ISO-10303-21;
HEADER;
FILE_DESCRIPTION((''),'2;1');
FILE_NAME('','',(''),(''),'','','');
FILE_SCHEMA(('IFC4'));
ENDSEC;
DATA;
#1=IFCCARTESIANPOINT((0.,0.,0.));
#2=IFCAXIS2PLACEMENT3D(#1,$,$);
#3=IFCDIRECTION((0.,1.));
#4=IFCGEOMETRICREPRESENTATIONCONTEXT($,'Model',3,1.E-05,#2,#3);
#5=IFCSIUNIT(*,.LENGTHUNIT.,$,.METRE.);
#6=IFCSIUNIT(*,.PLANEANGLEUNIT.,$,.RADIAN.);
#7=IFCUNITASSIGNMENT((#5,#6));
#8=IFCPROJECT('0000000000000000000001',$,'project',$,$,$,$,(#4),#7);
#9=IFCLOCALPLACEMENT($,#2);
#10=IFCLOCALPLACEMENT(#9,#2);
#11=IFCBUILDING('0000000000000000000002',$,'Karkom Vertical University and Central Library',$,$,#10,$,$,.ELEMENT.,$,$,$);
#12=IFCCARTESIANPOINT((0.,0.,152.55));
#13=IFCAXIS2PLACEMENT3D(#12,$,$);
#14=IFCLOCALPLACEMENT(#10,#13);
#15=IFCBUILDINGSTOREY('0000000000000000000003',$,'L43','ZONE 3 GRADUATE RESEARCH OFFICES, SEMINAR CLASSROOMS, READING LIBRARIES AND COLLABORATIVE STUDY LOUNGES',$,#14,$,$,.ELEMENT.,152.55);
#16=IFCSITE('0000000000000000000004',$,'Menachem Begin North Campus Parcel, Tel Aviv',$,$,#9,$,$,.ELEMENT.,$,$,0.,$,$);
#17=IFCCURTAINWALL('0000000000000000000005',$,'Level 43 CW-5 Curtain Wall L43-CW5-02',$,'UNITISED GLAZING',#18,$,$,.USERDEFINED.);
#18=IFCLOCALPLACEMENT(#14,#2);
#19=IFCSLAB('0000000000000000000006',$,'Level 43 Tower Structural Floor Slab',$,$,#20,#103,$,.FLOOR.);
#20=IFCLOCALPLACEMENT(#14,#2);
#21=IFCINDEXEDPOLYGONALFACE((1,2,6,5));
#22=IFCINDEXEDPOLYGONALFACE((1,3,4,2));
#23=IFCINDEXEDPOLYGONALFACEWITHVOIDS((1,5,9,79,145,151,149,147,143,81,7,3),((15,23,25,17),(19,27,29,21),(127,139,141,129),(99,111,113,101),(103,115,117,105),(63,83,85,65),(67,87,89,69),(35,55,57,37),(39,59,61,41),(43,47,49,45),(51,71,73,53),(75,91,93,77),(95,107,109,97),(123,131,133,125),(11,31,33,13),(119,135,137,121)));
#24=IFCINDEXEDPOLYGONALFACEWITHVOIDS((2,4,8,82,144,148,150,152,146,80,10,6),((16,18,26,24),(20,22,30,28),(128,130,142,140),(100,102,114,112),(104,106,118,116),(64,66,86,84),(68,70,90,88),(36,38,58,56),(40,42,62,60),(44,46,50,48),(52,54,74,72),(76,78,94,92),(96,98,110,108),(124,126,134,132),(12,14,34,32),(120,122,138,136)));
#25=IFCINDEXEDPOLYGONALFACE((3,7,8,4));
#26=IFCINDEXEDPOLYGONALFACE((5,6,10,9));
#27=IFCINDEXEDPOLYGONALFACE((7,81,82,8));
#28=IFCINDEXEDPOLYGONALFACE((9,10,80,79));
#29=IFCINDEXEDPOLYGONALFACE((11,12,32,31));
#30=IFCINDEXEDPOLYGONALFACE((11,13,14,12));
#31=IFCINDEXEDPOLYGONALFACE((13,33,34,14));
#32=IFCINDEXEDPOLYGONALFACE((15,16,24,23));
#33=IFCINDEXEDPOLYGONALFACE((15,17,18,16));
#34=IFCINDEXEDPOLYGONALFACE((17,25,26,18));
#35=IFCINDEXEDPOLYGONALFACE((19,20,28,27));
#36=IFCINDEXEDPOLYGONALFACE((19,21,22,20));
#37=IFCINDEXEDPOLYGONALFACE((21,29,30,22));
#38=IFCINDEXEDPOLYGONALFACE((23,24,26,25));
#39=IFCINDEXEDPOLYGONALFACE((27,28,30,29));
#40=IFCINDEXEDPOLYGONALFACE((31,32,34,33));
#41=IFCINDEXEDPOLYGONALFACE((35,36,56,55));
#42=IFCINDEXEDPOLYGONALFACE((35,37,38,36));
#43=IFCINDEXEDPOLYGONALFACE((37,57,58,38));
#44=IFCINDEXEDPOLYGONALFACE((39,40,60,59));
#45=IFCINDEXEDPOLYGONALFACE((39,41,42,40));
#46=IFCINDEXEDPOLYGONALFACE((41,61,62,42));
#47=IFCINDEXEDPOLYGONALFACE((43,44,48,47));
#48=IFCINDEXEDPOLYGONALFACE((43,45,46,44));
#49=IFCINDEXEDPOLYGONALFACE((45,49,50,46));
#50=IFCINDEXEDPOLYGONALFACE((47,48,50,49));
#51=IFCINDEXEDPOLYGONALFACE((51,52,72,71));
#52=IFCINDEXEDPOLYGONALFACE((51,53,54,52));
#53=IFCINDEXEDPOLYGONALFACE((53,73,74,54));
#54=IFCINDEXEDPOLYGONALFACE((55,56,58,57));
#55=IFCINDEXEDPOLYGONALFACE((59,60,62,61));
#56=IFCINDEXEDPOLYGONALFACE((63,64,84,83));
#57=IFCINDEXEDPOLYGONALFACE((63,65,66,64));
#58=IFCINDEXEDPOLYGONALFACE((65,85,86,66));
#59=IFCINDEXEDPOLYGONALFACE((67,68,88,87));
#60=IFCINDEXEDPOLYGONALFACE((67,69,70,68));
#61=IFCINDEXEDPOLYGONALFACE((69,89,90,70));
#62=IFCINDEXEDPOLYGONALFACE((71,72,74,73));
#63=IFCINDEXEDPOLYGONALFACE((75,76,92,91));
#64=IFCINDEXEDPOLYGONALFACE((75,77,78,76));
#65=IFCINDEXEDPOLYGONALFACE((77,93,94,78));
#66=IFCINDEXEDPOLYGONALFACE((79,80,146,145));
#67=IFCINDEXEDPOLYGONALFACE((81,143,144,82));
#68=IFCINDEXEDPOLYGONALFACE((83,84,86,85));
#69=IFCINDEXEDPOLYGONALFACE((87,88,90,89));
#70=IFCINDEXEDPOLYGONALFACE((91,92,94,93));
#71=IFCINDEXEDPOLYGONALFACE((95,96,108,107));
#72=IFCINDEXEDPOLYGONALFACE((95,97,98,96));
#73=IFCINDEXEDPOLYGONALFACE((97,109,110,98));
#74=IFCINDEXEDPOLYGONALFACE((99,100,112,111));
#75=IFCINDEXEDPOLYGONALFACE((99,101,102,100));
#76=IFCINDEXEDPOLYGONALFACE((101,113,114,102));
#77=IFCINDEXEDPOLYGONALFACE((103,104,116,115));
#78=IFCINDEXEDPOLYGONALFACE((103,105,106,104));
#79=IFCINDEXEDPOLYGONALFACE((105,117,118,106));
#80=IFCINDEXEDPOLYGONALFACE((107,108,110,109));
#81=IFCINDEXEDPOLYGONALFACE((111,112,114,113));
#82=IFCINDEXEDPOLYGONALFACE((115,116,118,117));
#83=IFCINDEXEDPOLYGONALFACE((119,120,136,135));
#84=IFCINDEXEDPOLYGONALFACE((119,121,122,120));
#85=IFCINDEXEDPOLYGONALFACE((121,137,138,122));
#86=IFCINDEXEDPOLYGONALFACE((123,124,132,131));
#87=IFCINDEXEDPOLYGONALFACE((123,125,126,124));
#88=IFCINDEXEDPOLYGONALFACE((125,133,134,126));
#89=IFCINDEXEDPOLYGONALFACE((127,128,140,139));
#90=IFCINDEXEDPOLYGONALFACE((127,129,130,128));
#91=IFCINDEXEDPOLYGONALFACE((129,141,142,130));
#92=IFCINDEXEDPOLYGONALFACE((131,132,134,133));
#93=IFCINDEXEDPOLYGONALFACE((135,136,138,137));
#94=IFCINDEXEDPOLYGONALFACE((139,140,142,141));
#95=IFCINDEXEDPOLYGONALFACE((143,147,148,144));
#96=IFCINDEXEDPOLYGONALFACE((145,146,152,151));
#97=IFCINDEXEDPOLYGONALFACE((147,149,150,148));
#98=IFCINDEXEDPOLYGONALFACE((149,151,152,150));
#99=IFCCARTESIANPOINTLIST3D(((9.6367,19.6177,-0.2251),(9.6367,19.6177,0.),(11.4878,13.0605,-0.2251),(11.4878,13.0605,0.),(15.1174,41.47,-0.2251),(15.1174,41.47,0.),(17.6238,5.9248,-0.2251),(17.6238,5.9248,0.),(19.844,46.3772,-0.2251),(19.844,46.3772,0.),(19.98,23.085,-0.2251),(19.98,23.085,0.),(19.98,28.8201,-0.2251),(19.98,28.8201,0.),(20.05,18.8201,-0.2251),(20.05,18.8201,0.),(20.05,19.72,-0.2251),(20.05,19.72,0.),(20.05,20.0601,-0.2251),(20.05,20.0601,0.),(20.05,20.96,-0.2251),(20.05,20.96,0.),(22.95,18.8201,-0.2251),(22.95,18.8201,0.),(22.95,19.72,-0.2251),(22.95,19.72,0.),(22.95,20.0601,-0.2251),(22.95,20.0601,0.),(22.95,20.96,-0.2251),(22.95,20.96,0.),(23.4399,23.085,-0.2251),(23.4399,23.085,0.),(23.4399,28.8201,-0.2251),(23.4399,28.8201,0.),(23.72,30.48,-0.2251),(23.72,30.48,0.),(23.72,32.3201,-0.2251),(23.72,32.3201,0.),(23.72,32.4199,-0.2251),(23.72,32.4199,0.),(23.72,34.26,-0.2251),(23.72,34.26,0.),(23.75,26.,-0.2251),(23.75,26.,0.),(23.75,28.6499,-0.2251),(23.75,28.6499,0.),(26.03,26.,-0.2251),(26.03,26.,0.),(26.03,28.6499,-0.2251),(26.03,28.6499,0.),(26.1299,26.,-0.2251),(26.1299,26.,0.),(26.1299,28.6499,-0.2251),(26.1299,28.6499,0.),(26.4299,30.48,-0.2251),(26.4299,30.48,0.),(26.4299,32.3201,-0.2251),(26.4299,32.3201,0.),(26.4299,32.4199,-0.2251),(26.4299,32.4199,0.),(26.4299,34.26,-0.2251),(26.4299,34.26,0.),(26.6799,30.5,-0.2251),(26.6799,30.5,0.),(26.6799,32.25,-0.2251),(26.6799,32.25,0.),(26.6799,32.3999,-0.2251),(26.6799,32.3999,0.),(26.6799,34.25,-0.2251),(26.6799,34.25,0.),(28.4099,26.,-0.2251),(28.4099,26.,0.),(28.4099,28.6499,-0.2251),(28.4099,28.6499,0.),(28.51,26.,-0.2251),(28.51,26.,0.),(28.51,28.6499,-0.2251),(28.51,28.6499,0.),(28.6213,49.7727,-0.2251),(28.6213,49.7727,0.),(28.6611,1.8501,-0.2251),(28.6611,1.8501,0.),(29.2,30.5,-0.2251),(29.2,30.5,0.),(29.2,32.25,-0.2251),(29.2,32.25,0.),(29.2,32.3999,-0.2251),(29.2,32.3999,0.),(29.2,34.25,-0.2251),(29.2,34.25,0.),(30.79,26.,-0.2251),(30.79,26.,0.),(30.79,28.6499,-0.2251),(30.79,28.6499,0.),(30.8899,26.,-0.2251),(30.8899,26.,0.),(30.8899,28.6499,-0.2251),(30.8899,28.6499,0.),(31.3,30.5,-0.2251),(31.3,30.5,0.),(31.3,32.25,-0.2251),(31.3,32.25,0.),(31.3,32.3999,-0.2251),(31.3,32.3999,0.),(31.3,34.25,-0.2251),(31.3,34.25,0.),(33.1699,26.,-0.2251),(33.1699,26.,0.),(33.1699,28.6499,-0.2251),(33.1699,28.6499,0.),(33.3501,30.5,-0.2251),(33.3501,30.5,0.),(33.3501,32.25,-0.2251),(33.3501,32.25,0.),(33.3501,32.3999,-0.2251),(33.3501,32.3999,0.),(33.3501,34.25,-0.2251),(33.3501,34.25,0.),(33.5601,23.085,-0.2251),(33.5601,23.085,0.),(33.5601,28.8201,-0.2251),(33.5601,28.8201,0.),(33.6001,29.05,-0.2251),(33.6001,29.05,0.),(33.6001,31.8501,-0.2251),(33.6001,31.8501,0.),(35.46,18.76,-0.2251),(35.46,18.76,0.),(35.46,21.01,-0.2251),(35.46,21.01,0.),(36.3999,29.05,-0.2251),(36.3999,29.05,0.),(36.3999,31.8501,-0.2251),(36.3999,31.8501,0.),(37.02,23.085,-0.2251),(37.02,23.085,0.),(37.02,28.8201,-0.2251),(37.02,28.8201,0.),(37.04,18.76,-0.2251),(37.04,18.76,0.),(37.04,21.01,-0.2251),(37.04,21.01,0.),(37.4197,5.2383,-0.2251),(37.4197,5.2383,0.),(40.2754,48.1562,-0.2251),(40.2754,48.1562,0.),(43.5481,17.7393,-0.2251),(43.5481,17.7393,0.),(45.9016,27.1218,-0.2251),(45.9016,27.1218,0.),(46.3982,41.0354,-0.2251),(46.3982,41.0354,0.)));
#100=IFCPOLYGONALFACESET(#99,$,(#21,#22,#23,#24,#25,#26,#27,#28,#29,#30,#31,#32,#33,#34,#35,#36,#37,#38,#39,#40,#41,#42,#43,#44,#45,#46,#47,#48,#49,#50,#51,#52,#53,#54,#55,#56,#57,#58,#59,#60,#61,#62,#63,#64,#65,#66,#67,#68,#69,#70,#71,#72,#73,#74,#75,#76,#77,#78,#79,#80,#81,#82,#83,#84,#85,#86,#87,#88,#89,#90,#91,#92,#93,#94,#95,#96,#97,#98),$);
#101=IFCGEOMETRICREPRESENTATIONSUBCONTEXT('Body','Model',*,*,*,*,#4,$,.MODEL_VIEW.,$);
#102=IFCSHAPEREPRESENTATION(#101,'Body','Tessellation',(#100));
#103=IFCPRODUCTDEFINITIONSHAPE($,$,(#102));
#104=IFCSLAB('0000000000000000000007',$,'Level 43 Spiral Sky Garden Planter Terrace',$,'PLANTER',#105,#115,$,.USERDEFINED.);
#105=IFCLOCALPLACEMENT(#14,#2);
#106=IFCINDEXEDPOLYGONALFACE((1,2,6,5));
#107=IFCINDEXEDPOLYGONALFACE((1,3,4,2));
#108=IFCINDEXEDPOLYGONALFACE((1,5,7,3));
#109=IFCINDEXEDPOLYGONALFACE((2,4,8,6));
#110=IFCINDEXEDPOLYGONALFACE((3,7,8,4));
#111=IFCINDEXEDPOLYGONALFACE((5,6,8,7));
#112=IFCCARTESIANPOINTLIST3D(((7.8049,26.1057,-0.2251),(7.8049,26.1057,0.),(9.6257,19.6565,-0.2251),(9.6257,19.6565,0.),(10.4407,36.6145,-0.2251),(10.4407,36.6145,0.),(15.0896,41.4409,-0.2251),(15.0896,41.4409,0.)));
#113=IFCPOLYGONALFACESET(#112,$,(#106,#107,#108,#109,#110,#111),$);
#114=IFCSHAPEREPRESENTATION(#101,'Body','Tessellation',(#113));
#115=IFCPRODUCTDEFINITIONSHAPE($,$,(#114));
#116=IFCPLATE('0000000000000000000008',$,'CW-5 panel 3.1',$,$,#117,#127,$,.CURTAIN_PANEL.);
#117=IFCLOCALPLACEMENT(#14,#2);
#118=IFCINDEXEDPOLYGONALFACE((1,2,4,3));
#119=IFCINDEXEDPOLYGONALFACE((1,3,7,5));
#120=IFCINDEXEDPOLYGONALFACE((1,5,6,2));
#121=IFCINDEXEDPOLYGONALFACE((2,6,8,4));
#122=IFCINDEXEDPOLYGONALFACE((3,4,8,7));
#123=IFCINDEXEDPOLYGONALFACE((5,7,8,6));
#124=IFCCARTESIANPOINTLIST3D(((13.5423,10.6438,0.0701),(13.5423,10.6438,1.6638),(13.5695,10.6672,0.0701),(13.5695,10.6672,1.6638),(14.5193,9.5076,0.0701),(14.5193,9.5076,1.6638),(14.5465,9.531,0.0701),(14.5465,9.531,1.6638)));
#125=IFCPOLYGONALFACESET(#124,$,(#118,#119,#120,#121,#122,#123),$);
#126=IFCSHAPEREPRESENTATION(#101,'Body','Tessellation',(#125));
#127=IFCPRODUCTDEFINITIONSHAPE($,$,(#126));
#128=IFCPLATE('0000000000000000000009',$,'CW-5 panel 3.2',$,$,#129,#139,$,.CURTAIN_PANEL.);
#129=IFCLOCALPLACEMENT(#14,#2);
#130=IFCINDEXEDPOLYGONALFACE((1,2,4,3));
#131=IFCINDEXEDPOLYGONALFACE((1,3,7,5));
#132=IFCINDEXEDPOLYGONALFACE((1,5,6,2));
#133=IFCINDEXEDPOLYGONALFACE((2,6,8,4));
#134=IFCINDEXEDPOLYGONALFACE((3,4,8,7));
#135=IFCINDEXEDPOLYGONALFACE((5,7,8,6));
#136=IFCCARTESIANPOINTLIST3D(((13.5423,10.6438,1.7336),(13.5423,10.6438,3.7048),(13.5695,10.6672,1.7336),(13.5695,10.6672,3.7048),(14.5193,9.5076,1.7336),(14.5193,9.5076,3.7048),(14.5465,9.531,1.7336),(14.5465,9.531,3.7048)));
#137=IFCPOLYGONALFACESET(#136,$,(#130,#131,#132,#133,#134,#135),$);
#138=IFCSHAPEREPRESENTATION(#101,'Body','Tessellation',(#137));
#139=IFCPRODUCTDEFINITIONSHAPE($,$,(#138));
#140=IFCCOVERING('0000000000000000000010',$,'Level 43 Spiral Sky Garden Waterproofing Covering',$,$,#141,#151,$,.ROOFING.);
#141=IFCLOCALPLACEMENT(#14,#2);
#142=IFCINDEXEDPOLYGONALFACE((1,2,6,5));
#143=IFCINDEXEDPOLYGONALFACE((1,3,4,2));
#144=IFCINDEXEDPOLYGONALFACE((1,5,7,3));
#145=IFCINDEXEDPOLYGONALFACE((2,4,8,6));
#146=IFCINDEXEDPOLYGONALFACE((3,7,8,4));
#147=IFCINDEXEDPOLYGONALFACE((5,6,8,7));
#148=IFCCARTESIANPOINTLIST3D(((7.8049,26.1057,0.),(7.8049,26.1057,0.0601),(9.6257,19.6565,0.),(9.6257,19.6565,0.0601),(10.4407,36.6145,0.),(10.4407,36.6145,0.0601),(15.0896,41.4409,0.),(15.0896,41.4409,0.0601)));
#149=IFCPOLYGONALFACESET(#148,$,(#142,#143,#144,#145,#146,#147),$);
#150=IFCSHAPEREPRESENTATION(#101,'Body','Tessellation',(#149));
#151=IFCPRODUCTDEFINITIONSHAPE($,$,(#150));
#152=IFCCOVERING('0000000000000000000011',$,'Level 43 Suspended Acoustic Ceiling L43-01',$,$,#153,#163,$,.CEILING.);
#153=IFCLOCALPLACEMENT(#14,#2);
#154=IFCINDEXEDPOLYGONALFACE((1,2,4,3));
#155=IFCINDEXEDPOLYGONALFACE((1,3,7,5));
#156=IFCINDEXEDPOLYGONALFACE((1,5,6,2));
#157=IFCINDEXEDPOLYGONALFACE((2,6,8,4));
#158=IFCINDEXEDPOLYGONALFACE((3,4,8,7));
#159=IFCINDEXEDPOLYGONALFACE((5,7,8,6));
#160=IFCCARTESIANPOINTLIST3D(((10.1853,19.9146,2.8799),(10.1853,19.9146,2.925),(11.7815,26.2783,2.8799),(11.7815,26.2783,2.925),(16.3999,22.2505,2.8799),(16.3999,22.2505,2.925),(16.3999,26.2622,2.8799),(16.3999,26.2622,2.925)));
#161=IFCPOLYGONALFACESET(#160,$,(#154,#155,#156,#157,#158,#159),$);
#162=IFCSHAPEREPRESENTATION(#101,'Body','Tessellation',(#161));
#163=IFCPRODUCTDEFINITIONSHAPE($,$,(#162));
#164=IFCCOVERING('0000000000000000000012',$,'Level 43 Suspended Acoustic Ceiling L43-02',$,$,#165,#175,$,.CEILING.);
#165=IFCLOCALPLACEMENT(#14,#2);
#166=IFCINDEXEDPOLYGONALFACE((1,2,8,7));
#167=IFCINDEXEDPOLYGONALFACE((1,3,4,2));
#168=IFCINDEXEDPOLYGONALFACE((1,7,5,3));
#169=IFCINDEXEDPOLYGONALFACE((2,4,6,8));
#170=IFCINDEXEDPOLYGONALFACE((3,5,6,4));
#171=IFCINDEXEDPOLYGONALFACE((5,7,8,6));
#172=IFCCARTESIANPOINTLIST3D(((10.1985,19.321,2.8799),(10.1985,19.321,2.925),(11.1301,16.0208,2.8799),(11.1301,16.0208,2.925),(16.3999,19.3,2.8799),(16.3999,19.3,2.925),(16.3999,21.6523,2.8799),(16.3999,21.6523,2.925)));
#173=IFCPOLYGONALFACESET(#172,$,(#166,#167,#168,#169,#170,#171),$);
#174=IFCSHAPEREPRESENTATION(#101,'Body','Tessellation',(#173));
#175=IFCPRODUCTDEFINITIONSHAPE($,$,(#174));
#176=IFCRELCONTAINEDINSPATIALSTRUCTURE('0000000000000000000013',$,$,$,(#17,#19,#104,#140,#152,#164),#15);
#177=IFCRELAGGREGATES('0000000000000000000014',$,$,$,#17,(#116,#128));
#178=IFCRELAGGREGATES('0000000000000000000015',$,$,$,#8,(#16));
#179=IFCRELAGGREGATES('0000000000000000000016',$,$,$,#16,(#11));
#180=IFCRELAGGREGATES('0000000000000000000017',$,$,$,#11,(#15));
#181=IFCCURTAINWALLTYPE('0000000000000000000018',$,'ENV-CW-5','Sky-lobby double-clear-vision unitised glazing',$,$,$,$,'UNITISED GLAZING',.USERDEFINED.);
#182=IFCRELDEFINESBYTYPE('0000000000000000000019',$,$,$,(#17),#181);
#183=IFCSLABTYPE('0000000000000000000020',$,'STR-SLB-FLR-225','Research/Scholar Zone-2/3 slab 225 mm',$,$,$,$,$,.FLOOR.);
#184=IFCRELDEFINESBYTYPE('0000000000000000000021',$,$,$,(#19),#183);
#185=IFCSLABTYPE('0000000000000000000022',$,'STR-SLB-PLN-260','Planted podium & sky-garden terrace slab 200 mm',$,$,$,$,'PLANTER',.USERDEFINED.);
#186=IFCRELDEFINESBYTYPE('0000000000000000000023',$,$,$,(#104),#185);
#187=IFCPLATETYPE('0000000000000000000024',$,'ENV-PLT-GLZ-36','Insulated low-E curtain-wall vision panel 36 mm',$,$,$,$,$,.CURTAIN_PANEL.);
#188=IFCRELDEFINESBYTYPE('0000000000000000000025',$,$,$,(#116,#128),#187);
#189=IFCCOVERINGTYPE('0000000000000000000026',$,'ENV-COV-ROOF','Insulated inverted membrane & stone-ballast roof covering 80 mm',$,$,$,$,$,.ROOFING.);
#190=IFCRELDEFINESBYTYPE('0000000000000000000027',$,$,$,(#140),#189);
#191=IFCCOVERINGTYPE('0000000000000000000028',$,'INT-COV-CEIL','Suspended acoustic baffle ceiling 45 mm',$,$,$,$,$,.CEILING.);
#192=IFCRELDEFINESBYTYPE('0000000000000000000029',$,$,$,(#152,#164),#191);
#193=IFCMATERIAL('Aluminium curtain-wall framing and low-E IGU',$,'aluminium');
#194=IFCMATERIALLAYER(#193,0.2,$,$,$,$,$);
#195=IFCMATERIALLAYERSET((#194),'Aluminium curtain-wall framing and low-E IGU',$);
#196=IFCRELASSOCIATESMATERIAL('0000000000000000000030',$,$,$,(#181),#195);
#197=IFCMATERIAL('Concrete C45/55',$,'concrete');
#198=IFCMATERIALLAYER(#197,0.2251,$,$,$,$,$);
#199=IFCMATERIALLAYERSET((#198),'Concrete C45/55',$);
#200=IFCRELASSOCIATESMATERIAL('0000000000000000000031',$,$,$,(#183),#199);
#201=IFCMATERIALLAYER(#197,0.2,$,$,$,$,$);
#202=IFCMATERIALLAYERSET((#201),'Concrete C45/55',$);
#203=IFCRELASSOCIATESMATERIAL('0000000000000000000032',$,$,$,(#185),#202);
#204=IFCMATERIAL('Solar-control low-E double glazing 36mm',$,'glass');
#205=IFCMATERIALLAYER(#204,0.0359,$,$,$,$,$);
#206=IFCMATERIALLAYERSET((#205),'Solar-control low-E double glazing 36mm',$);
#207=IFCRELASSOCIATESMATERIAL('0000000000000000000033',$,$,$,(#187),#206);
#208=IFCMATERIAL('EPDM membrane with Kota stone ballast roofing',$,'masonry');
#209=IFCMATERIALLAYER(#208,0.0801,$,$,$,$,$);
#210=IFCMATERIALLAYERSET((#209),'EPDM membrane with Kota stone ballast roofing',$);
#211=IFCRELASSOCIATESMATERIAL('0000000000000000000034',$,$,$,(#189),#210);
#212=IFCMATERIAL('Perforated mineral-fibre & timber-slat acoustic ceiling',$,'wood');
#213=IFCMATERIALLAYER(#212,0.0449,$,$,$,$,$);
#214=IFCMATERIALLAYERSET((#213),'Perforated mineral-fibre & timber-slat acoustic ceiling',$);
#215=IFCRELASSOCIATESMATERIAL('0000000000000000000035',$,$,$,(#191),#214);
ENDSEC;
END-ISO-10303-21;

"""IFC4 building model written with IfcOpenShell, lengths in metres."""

from ifc_helpers import new_model, si_unit, direction, frame, origin, origin_with_axes, origin_2d, place, context, subcontext, project, spatial, polyline, rectangle, outline, extrude, source, transform, mapped, material, layer, layer_set, type_object, element, aggregate, save


model = new_model("IFC4")

# Units and contexts
model_context = context("Model", 3, precision=1e-05, world=origin(), true_north=direction((0.0, 1.0)))
body_context = subcontext(model_context, "Body", "Model", "MODEL_VIEW")
ifc_project = project(units=[si_unit("LENGTHUNIT", "METRE"), si_unit("PLANEANGLEUNIT", "RADIAN")], contexts=[model_context])

# Site, building, storey
site_placement = place(None, origin())
site = spatial("IfcSite", under=ifc_project, at=site_placement, Name="Menachem Begin North Campus Parcel, Tel Aviv", CompositionType="ELEMENT", RefElevation=0.0)
building_placement = place(site_placement, origin())
building = spatial("IfcBuilding", under=site, at=building_placement, Name="Karkom Vertical University and Central Library", CompositionType="ELEMENT")
storey_placement = place(building_placement, frame((0.0, 0.0, 152.55)))
storey = spatial("IfcBuildingStorey", under=building, at=storey_placement, Name="L43", Description="ZONE 3 GRADUATE RESEARCH OFFICES, SEMINAR CLASSROOMS, READING LIBRARIES AND COLLABORATIVE STUDY LOUNGES", CompositionType="ELEMENT", Elevation=152.55)

# Curtain wall
ifc_material_1 = material(Name="Aluminium curtain-wall framing and low-E IGU", Category="aluminium")
ifc_layer_1 = layer(ifc_material_1, 0.2)
ifc_layer_set_1 = layer_set([ifc_layer_1], Name="Aluminium curtain-wall framing and low-E IGU")
curtain_wall_type = type_object("IfcCurtainWallType", Name="ENV-CW-5", Description="Sky-lobby double-clear-vision unitised glazing", ElementType="UNITISED GLAZING", PredefinedType="USERDEFINED", material=ifc_layer_set_1)
curtain_wall_placement = place(storey_placement, origin())
curtain_wall = element("IfcCurtainWall", 1, at=curtain_wall_placement, inside=storey, type_object=curtain_wall_type, Name="Level 43 CW-5 Curtain Wall L43-CW5-02", ObjectType="UNITISED GLAZING", PredefinedType="USERDEFINED")

# Shared definitions
ifc_material_2 = material(Name="Concrete C45/55", Category="concrete")

# Slabs
ifc_layer_2 = layer(ifc_material_2, 0.2251)
ifc_layer_set_2 = layer_set([ifc_layer_2], Name="Concrete C45/55")
slab_type_1 = type_object("IfcSlabType", Name="STR-SLB-FLR-225", Description="Research/Scholar Zone-2/3 slab 225 mm", PredefinedType="FLOOR", material=ifc_layer_set_2)
slab_1_placement = place(storey_placement, frame((0.0, 0.0, -0.2251)))
element("IfcSlab", 2, at=slab_1_placement, inside=storey, type_object=slab_type_1, Name="Level 43 Tower Structural Floor Slab", PredefinedType="FLOOR", context=body_context, shape_type="SweptSolid", body=[
    extrude(outline(polyline([(9.6367, 19.6177), (11.4878, 13.0605), (17.6238, 5.9248), (28.6611, 1.8501), (37.4197, 5.2383), (43.5481, 17.7393), (45.9016, 27.1218), (46.3982, 41.0354), (40.2754, 48.1562), (28.6213, 49.7727), (19.844, 46.3772), (15.1174, 41.47), (9.6367, 19.6177)]), holes=[polyline([(19.98, 23.085), (23.4399, 23.085), (23.4399, 28.8201), (19.98, 28.8201), (19.98, 23.085)]), polyline([(33.5601, 23.085), (37.02, 23.085), (37.02, 28.8201), (33.5601, 28.8201), (33.5601, 23.085)]), polyline([(23.75, 26.0), (26.03, 26.0), (26.03, 28.6499), (23.75, 28.6499), (23.75, 26.0)]), polyline([(26.1299, 26.0), (28.4099, 26.0), (28.4099, 28.6499), (26.1299, 28.6499), (26.1299, 26.0)]), polyline([(28.51, 26.0), (30.79, 26.0), (30.79, 28.6499), (28.51, 28.6499), (28.51, 26.0)]), polyline([(30.8899, 26.0), (33.1699, 26.0), (33.1699, 28.6499), (30.8899, 28.6499), (30.8899, 26.0)]), polyline([(26.6799, 30.5), (29.2, 30.5), (29.2, 32.25), (26.6799, 32.25), (26.6799, 30.5)]), polyline([(26.6799, 32.3999), (29.2, 32.3999), (29.2, 34.25), (26.6799, 34.25), (26.6799, 32.3999)]), polyline([(31.3, 30.5), (33.3501, 30.5), (33.3501, 32.25), (31.3, 32.25), (31.3, 30.5)]), polyline([(31.3, 32.3999), (33.3501, 32.3999), (33.3501, 34.25), (31.3, 34.25), (31.3, 32.3999)]), polyline([(23.72, 30.48), (26.4299, 30.48), (26.4299, 32.3201), (23.72, 32.3201), (23.72, 30.48)]), polyline([(23.72, 32.4199), (26.4299, 32.4199), (26.4299, 34.26), (23.72, 34.26), (23.72, 32.4199)]), polyline([(33.6001, 29.05), (36.3999, 29.05), (36.3999, 31.8501), (33.6001, 31.8501), (33.6001, 29.05)]), polyline([(20.05, 18.8201), (22.95, 18.8201), (22.95, 19.72), (20.05, 19.72), (20.05, 18.8201)]), polyline([(20.05, 20.0601), (22.95, 20.0601), (22.95, 20.96), (20.05, 20.96), (20.05, 20.0601)]), polyline([(35.46, 18.76), (37.04, 18.76), (37.04, 21.01), (35.46, 21.01), (35.46, 18.76)])]), origin(), (0.0, 0.0, 1.0), 0.2251),
])
ifc_layer_3 = layer(ifc_material_2, 0.2)
ifc_layer_set_3 = layer_set([ifc_layer_3], Name="Concrete C45/55")
slab_type_2 = type_object("IfcSlabType", Name="STR-SLB-PLN-260", Description="Planted podium & sky-garden terrace slab 200 mm", ElementType="PLANTER", PredefinedType="USERDEFINED", material=ifc_layer_set_3)
slab_2_placement = place(storey_placement, frame((0.0, 0.0, -0.2251)))
element("IfcSlab", 3, at=slab_2_placement, inside=storey, type_object=slab_type_2, Name="Level 43 Spiral Sky Garden Planter Terrace", ObjectType="PLANTER", PredefinedType="USERDEFINED", context=body_context, shape_type="SweptSolid", body=[
    extrude(outline(polyline([(7.8049, 26.1057), (10.4407, 36.6145), (15.0896, 41.4409), (9.6257, 19.6565), (7.8049, 26.1057)])), origin(), (0.0, 0.0, 1.0), 0.2251),
])

# Plates
ifc_material_3 = material(Name="Solar-control low-E double glazing 36mm", Category="glass")
ifc_layer_4 = layer(ifc_material_3, 0.0359)
ifc_layer_set_4 = layer_set([ifc_layer_4], Name="Solar-control low-E double glazing 36mm")
plate_type = type_object("IfcPlateType", Name="ENV-PLT-GLZ-36", Description="Insulated low-E curtain-wall vision panel 36 mm", PredefinedType="CURTAIN_PANEL", material=ifc_layer_set_4)
shared_shape_1 = source(origin_with_axes(), body_context, "Body", "SweptSolid", [
    extrude(rectangle(XDim=1.4985, YDim=0.0359, at=origin_2d()), origin(), (0.0, 0.0, 1.0), 1.5938),
])
plate_1_placement = place(storey_placement, frame((14.0444, 10.0874, 0.0701), z_axis=(0.0, 0.0, 1.0), x_axis=(0.651974, -0.758242, 0.0)))
plate_1 = element("IfcPlate", 4, at=plate_1_placement, type_object=plate_type, Name="CW-5 panel 3.1", PredefinedType="CURTAIN_PANEL", context=body_context, shape_type="MappedRepresentation", body=[
    mapped(shared_shape_1, transform((0.0, 0.0, 0.0), scale=1.0)),
])
shared_shape_2 = source(origin_with_axes(), body_context, "Body", "SweptSolid", [
    extrude(rectangle(XDim=1.4985, YDim=0.0359, at=origin_2d()), origin(), (0.0, 0.0, 1.0), 1.9712),
])
plate_2_placement = place(storey_placement, frame((14.0444, 10.0874, 1.7336), z_axis=(0.0, 0.0, 1.0), x_axis=(0.651974, -0.758242, 0.0)))
plate_2 = element("IfcPlate", 5, at=plate_2_placement, type_object=plate_type, Name="CW-5 panel 3.2", PredefinedType="CURTAIN_PANEL", context=body_context, shape_type="MappedRepresentation", body=[
    mapped(shared_shape_2, transform((0.0, 0.0, 0.0), scale=1.0)),
])
aggregate(curtain_wall, [plate_1, plate_2])

# Coverings
ifc_material_4 = material(Name="EPDM membrane with Kota stone ballast roofing", Category="masonry")
ifc_layer_5 = layer(ifc_material_4, 0.0801)
ifc_layer_set_5 = layer_set([ifc_layer_5], Name="EPDM membrane with Kota stone ballast roofing")
covering_type_1 = type_object("IfcCoveringType", Name="ENV-COV-ROOF", Description="Insulated inverted membrane & stone-ballast roof covering 80 mm", PredefinedType="ROOFING", material=ifc_layer_set_5)
covering_1_placement = place(storey_placement, origin())
element("IfcCovering", 6, at=covering_1_placement, inside=storey, type_object=covering_type_1, Name="Level 43 Spiral Sky Garden Waterproofing Covering", PredefinedType="ROOFING", context=body_context, shape_type="SweptSolid", body=[
    extrude(outline(polyline([(7.8049, 26.1057), (10.4407, 36.6145), (15.0896, 41.4409), (9.6257, 19.6565), (7.8049, 26.1057)])), origin(), (0.0, 0.0, 1.0), 0.0601),
])
ifc_material_5 = material(Name="Perforated mineral-fibre & timber-slat acoustic ceiling", Category="wood")
ifc_layer_6 = layer(ifc_material_5, 0.0449)
ifc_layer_set_6 = layer_set([ifc_layer_6], Name="Perforated mineral-fibre & timber-slat acoustic ceiling")
covering_type_2 = type_object("IfcCoveringType", Name="INT-COV-CEIL", Description="Suspended acoustic baffle ceiling 45 mm", PredefinedType="CEILING", material=ifc_layer_set_6)
covering_2_placement = place(storey_placement, frame((0.0, 0.0, 2.8799)))
element("IfcCovering", 7, at=covering_2_placement, inside=storey, type_object=covering_type_2, Name="Level 43 Suspended Acoustic Ceiling L43-01", PredefinedType="CEILING", context=body_context, shape_type="SweptSolid", body=[
    extrude(outline(polyline([(10.1853, 19.9146), (11.7815, 26.2783), (16.3999, 26.2622), (16.3999, 22.2505), (10.1853, 19.9146)])), origin(), (0.0, 0.0, 1.0), 0.0452),
])
covering_3_placement = place(storey_placement, frame((0.0, 0.0, 2.8799)))
element("IfcCovering", 8, at=covering_3_placement, inside=storey, type_object=covering_type_2, Name="Level 43 Suspended Acoustic Ceiling L43-02", PredefinedType="CEILING", context=body_context, shape_type="SweptSolid", body=[
    extrude(outline(polyline([(16.3999, 19.3), (11.1301, 16.0208), (10.1985, 19.321), (16.3999, 21.6523), (16.3999, 19.3)])), origin(), (0.0, 0.0, 1.0), 0.0452),
])

save(model, "model.ifc")
